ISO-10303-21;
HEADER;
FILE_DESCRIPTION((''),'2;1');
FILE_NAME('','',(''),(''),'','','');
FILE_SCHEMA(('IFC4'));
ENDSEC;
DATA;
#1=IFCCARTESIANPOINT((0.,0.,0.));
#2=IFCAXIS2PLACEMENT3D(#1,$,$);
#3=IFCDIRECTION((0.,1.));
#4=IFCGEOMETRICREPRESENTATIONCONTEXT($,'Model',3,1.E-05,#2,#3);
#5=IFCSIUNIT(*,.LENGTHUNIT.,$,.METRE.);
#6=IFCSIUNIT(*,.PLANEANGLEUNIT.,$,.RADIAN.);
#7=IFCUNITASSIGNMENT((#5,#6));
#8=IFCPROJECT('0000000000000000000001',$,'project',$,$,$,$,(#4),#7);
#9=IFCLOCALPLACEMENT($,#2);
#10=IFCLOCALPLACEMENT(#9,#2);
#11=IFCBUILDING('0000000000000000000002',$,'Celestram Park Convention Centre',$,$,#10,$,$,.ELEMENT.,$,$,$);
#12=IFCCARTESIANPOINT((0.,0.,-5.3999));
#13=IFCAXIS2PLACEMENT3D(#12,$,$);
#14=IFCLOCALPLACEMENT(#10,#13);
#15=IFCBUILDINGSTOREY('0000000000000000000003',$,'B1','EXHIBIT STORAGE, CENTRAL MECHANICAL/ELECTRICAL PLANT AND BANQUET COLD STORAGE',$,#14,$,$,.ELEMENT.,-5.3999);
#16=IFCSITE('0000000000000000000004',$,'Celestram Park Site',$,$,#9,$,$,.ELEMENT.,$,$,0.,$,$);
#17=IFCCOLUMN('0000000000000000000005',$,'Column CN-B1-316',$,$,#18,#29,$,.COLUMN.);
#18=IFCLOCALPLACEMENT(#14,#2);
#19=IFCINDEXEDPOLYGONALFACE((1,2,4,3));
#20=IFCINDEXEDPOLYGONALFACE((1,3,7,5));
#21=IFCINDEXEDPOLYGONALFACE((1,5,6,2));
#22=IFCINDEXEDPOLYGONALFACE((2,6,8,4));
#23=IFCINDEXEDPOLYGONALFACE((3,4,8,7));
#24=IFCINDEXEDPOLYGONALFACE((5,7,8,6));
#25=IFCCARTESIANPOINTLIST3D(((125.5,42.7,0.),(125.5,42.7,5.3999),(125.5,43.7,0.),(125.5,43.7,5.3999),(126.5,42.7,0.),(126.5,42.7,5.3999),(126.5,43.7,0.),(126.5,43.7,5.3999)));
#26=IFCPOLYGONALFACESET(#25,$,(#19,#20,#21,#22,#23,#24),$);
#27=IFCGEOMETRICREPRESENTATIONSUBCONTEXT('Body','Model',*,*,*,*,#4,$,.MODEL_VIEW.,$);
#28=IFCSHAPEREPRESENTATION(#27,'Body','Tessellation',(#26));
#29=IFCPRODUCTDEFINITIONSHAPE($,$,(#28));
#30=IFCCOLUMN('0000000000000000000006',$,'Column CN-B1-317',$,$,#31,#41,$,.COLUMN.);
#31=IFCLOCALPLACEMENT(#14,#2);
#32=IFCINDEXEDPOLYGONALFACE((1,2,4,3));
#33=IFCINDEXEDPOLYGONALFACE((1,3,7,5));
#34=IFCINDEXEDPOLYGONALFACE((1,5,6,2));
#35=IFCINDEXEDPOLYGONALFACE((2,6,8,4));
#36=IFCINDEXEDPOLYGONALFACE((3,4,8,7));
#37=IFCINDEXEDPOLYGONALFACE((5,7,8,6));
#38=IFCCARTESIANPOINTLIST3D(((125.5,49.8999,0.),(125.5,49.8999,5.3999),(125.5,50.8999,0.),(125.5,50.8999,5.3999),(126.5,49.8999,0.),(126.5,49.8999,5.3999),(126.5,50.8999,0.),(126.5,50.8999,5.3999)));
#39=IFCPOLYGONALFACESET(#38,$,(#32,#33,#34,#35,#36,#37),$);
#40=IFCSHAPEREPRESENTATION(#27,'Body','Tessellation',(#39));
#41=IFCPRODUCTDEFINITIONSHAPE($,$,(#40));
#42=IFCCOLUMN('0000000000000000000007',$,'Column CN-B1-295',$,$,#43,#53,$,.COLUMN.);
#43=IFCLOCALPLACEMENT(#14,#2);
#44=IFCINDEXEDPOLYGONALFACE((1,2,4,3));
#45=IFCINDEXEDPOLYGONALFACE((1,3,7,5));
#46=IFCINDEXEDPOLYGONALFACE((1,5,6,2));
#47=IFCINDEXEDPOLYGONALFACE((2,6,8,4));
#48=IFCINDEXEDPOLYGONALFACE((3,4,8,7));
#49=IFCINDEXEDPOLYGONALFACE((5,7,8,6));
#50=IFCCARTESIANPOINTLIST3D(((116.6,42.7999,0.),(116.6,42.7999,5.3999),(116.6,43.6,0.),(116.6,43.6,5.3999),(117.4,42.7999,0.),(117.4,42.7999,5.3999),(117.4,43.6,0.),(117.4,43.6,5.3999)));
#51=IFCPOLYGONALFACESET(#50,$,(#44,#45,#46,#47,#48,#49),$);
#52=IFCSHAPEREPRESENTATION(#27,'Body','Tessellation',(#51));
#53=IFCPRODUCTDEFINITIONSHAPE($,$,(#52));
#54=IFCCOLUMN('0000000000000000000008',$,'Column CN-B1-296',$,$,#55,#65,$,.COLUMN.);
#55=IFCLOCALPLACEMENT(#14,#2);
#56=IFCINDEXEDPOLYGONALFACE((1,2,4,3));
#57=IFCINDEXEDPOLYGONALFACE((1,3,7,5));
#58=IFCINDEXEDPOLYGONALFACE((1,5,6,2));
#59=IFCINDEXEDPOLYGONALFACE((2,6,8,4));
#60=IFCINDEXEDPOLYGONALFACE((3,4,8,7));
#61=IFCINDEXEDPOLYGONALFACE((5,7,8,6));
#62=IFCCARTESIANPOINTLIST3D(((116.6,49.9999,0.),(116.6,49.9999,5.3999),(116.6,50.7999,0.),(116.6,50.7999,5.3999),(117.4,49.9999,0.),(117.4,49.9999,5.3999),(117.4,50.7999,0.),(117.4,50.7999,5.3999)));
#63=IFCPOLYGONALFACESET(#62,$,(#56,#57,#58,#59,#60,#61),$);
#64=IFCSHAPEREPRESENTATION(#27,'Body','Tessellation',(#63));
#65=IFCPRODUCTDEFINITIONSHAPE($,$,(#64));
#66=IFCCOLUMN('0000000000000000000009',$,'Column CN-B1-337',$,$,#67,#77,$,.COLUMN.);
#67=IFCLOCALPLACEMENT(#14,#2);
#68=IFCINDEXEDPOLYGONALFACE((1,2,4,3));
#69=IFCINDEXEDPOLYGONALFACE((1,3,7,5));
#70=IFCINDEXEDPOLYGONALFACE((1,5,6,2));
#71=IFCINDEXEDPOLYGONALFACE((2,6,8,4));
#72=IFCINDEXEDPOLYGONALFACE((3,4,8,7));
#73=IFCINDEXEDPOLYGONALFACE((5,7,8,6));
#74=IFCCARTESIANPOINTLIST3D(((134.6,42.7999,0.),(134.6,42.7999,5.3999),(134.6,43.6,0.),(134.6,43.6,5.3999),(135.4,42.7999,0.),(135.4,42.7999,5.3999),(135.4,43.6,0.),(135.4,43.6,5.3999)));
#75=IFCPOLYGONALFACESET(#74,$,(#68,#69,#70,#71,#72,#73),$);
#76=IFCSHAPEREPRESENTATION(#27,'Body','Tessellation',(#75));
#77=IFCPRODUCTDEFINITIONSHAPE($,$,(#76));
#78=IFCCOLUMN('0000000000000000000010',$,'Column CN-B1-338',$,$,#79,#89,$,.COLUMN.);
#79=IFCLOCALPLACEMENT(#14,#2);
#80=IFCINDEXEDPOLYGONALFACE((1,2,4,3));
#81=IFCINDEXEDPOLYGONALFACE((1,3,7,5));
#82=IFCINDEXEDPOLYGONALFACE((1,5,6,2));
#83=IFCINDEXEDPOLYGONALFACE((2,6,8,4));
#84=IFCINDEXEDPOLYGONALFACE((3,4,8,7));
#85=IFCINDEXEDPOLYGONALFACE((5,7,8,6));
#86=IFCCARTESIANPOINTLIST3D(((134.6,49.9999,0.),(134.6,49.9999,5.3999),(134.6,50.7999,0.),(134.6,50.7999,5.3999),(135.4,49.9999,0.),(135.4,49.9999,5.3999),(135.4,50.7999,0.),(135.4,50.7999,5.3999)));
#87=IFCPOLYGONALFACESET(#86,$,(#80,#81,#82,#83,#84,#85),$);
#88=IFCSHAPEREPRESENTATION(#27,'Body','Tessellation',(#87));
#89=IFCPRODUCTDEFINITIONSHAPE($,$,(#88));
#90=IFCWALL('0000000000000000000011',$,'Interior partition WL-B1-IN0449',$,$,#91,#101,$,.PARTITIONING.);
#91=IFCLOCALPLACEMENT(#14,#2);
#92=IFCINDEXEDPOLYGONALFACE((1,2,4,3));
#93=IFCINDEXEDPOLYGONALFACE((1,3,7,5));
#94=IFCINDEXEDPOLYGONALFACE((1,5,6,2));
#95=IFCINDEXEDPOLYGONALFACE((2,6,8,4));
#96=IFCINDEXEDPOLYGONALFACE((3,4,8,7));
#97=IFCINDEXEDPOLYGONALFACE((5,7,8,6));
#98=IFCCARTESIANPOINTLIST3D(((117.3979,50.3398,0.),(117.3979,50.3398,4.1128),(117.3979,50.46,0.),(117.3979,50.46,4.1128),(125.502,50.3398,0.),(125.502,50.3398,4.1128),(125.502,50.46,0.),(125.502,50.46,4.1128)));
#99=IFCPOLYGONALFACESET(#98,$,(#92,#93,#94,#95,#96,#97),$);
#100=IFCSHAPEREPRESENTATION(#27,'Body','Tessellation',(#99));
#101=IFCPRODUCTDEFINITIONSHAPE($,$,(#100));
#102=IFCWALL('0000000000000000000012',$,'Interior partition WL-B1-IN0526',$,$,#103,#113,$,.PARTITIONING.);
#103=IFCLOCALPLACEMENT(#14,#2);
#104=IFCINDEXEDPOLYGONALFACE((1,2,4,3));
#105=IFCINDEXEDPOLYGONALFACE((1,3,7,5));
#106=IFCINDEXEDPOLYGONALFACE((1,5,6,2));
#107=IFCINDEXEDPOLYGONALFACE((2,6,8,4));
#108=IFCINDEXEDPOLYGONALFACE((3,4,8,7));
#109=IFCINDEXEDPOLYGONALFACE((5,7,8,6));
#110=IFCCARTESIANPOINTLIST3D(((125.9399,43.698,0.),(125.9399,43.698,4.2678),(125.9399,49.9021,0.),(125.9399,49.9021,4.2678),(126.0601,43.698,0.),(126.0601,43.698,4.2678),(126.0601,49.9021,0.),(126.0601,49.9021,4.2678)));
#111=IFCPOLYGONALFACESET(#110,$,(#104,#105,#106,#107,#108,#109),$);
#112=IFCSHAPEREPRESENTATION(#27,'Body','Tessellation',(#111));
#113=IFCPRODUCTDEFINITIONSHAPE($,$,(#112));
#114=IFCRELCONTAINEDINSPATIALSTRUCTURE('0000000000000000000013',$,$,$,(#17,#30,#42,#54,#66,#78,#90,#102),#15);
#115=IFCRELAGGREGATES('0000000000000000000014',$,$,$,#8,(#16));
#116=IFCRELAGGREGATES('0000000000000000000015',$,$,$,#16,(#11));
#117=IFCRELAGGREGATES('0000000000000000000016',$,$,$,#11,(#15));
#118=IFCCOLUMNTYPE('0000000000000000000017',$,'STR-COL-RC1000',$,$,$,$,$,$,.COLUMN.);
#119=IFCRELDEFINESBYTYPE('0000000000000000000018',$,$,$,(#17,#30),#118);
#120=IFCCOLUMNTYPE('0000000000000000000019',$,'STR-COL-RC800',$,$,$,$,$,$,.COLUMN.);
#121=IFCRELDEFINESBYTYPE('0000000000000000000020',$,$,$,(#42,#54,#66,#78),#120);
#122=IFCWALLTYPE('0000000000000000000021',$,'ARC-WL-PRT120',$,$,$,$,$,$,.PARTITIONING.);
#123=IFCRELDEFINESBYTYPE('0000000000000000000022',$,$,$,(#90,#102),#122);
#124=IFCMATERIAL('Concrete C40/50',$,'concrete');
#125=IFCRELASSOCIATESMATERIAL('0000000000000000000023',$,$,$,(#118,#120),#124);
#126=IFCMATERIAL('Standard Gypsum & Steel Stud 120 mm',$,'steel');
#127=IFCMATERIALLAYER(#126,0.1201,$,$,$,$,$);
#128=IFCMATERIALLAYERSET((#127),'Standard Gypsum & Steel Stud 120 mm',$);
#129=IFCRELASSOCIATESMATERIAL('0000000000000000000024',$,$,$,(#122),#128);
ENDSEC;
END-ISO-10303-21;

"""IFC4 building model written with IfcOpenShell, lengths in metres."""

from ifc_helpers import new_model, si_unit, direction, frame, frame_2d, origin, origin_2d, place, context, subcontext, project, spatial, rectangle, extrude, material, layer, layer_set, material_profile, profile_set, type_object, element, save


model = new_model("IFC4")

# Units and contexts
model_context = context("Model", 3, precision=1e-05, world=origin(), true_north=direction((0.0, 1.0)))
body_context = subcontext(model_context, "Body", "Model", "MODEL_VIEW")
ifc_project = project(units=[si_unit("LENGTHUNIT", "METRE"), si_unit("PLANEANGLEUNIT", "RADIAN")], contexts=[model_context])

# Site, building, storey
site_placement = place(None, origin())
site = spatial("IfcSite", under=ifc_project, at=site_placement, Name="Celestram Park Site", CompositionType="ELEMENT", RefElevation=0.0)
building_placement = place(site_placement, origin())
building = spatial("IfcBuilding", under=site, at=building_placement, Name="Celestram Park Convention Centre", CompositionType="ELEMENT")
storey_placement = place(building_placement, frame((0.0, 0.0, -5.3999)))
storey = spatial("IfcBuildingStorey", under=building, at=storey_placement, Name="B1", Description="EXHIBIT STORAGE, CENTRAL MECHANICAL/ELECTRICAL PLANT AND BANQUET COLD STORAGE", CompositionType="ELEMENT", Elevation=-5.3999)

# Shared definitions
ifc_material_1 = material(Name="Concrete C40/50", Category="concrete")

# Columns
ifc_material_profile_1 = material_profile(ifc_material_1, rectangle(XDim=1.0, YDim=1.0, at=origin_2d()), Name="RC1000X1000")
ifc_profile_set_1 = profile_set([ifc_material_profile_1], Name="Concrete C40/50")
column_type_1 = type_object("IfcColumnType", Name="STR-COL-RC1000", PredefinedType="COLUMN", material=ifc_profile_set_1)
for number, where, z_axis, x_axis, name in (
    (1, (126.0, 43.2, 0.0), (0.0, 0.0, 1.0), (1.0, 0.0, 0.0), "Column CN-B1-316"),
    (2, (126.0, 50.3999, 0.0), (0.0, 0.0, 1.0), (1.0, 0.0, 0.0), "Column CN-B1-317"),
):
    element("IfcColumn", number, at=place(storey_placement, frame(where, z_axis=z_axis, x_axis=x_axis)), inside=storey, type_object=column_type_1, Name=name, PredefinedType="COLUMN", context=body_context, shape_type="SweptSolid", body=[
        extrude(rectangle(XDim=1.0, YDim=1.0, at=origin_2d()), origin(), (0.0, 0.0, 1.0), 5.3999),
    ])
ifc_material_profile_2 = material_profile(ifc_material_1, rectangle(XDim=0.8, YDim=0.8, at=origin_2d()), Name="RC800X800")
ifc_profile_set_2 = profile_set([ifc_material_profile_2], Name="Concrete C40/50")
column_type_2 = type_object("IfcColumnType", Name="STR-COL-RC800", PredefinedType="COLUMN", material=ifc_profile_set_2)
for number, where, z_axis, x_axis, name in (
    (3, (117.0, 43.2, 0.0), (0.0, 0.0, 1.0), (1.0, 0.0, 0.0), "Column CN-B1-295"),
    (4, (117.0, 50.3999, 0.0), (0.0, 0.0, 1.0), (1.0, 0.0, 0.0), "Column CN-B1-296"),
    (5, (135.0, 43.2, 0.0), (0.0, 0.0, 1.0), (1.0, 0.0, 0.0), "Column CN-B1-337"),
    (6, (135.0, 50.3999, 0.0), (0.0, 0.0, 1.0), (1.0, 0.0, 0.0), "Column CN-B1-338"),
):
    element("IfcColumn", number, at=place(storey_placement, frame(where, z_axis=z_axis, x_axis=x_axis)), inside=storey, type_object=column_type_2, Name=name, PredefinedType="COLUMN", context=body_context, shape_type="SweptSolid", body=[
        extrude(rectangle(XDim=0.8, YDim=0.8, at=origin_2d()), origin(), (0.0, 0.0, 1.0), 5.3999),
    ])

# Walls
ifc_material_2 = material(Name="Standard Gypsum & Steel Stud 120 mm", Category="steel")
ifc_layer = layer(ifc_material_2, 0.1201)
ifc_layer_set = layer_set([ifc_layer], Name="Standard Gypsum & Steel Stud 120 mm")
wall_type = type_object("IfcWallType", Name="ARC-WL-PRT120", PredefinedType="PARTITIONING", material=ifc_layer_set)
wall_1_placement = place(storey_placement, frame((117.3979, 50.3999, 0.0), z_axis=(0.0, 0.0, 1.0), x_axis=(1.0, 0.0, 0.0)))
element("IfcWall", 7, at=wall_1_placement, inside=storey, type_object=wall_type, Name="Interior partition WL-B1-IN0449", PredefinedType="PARTITIONING", context=body_context, shape_type="SweptSolid", body=[
    extrude(rectangle(XDim=8.104, YDim=0.1201, at=frame_2d((4.052, 0.0))), origin(), (0.0, 0.0, 1.0), 4.1128),
])
wall_2_placement = place(storey_placement, frame((126.0, 43.698, 0.0), z_axis=(0.0, 0.0, 1.0), x_axis=(0.0, 1.0, 0.0)))
element("IfcWall", 8, at=wall_2_placement, inside=storey, type_object=wall_type, Name="Interior partition WL-B1-IN0526", PredefinedType="PARTITIONING", context=body_context, shape_type="SweptSolid", body=[
    extrude(rectangle(XDim=6.2041, YDim=0.1201, at=frame_2d((3.1021, 0.0))), origin(), (0.0, 0.0, 1.0), 4.2678),
])

save(model, "model.ifc")
